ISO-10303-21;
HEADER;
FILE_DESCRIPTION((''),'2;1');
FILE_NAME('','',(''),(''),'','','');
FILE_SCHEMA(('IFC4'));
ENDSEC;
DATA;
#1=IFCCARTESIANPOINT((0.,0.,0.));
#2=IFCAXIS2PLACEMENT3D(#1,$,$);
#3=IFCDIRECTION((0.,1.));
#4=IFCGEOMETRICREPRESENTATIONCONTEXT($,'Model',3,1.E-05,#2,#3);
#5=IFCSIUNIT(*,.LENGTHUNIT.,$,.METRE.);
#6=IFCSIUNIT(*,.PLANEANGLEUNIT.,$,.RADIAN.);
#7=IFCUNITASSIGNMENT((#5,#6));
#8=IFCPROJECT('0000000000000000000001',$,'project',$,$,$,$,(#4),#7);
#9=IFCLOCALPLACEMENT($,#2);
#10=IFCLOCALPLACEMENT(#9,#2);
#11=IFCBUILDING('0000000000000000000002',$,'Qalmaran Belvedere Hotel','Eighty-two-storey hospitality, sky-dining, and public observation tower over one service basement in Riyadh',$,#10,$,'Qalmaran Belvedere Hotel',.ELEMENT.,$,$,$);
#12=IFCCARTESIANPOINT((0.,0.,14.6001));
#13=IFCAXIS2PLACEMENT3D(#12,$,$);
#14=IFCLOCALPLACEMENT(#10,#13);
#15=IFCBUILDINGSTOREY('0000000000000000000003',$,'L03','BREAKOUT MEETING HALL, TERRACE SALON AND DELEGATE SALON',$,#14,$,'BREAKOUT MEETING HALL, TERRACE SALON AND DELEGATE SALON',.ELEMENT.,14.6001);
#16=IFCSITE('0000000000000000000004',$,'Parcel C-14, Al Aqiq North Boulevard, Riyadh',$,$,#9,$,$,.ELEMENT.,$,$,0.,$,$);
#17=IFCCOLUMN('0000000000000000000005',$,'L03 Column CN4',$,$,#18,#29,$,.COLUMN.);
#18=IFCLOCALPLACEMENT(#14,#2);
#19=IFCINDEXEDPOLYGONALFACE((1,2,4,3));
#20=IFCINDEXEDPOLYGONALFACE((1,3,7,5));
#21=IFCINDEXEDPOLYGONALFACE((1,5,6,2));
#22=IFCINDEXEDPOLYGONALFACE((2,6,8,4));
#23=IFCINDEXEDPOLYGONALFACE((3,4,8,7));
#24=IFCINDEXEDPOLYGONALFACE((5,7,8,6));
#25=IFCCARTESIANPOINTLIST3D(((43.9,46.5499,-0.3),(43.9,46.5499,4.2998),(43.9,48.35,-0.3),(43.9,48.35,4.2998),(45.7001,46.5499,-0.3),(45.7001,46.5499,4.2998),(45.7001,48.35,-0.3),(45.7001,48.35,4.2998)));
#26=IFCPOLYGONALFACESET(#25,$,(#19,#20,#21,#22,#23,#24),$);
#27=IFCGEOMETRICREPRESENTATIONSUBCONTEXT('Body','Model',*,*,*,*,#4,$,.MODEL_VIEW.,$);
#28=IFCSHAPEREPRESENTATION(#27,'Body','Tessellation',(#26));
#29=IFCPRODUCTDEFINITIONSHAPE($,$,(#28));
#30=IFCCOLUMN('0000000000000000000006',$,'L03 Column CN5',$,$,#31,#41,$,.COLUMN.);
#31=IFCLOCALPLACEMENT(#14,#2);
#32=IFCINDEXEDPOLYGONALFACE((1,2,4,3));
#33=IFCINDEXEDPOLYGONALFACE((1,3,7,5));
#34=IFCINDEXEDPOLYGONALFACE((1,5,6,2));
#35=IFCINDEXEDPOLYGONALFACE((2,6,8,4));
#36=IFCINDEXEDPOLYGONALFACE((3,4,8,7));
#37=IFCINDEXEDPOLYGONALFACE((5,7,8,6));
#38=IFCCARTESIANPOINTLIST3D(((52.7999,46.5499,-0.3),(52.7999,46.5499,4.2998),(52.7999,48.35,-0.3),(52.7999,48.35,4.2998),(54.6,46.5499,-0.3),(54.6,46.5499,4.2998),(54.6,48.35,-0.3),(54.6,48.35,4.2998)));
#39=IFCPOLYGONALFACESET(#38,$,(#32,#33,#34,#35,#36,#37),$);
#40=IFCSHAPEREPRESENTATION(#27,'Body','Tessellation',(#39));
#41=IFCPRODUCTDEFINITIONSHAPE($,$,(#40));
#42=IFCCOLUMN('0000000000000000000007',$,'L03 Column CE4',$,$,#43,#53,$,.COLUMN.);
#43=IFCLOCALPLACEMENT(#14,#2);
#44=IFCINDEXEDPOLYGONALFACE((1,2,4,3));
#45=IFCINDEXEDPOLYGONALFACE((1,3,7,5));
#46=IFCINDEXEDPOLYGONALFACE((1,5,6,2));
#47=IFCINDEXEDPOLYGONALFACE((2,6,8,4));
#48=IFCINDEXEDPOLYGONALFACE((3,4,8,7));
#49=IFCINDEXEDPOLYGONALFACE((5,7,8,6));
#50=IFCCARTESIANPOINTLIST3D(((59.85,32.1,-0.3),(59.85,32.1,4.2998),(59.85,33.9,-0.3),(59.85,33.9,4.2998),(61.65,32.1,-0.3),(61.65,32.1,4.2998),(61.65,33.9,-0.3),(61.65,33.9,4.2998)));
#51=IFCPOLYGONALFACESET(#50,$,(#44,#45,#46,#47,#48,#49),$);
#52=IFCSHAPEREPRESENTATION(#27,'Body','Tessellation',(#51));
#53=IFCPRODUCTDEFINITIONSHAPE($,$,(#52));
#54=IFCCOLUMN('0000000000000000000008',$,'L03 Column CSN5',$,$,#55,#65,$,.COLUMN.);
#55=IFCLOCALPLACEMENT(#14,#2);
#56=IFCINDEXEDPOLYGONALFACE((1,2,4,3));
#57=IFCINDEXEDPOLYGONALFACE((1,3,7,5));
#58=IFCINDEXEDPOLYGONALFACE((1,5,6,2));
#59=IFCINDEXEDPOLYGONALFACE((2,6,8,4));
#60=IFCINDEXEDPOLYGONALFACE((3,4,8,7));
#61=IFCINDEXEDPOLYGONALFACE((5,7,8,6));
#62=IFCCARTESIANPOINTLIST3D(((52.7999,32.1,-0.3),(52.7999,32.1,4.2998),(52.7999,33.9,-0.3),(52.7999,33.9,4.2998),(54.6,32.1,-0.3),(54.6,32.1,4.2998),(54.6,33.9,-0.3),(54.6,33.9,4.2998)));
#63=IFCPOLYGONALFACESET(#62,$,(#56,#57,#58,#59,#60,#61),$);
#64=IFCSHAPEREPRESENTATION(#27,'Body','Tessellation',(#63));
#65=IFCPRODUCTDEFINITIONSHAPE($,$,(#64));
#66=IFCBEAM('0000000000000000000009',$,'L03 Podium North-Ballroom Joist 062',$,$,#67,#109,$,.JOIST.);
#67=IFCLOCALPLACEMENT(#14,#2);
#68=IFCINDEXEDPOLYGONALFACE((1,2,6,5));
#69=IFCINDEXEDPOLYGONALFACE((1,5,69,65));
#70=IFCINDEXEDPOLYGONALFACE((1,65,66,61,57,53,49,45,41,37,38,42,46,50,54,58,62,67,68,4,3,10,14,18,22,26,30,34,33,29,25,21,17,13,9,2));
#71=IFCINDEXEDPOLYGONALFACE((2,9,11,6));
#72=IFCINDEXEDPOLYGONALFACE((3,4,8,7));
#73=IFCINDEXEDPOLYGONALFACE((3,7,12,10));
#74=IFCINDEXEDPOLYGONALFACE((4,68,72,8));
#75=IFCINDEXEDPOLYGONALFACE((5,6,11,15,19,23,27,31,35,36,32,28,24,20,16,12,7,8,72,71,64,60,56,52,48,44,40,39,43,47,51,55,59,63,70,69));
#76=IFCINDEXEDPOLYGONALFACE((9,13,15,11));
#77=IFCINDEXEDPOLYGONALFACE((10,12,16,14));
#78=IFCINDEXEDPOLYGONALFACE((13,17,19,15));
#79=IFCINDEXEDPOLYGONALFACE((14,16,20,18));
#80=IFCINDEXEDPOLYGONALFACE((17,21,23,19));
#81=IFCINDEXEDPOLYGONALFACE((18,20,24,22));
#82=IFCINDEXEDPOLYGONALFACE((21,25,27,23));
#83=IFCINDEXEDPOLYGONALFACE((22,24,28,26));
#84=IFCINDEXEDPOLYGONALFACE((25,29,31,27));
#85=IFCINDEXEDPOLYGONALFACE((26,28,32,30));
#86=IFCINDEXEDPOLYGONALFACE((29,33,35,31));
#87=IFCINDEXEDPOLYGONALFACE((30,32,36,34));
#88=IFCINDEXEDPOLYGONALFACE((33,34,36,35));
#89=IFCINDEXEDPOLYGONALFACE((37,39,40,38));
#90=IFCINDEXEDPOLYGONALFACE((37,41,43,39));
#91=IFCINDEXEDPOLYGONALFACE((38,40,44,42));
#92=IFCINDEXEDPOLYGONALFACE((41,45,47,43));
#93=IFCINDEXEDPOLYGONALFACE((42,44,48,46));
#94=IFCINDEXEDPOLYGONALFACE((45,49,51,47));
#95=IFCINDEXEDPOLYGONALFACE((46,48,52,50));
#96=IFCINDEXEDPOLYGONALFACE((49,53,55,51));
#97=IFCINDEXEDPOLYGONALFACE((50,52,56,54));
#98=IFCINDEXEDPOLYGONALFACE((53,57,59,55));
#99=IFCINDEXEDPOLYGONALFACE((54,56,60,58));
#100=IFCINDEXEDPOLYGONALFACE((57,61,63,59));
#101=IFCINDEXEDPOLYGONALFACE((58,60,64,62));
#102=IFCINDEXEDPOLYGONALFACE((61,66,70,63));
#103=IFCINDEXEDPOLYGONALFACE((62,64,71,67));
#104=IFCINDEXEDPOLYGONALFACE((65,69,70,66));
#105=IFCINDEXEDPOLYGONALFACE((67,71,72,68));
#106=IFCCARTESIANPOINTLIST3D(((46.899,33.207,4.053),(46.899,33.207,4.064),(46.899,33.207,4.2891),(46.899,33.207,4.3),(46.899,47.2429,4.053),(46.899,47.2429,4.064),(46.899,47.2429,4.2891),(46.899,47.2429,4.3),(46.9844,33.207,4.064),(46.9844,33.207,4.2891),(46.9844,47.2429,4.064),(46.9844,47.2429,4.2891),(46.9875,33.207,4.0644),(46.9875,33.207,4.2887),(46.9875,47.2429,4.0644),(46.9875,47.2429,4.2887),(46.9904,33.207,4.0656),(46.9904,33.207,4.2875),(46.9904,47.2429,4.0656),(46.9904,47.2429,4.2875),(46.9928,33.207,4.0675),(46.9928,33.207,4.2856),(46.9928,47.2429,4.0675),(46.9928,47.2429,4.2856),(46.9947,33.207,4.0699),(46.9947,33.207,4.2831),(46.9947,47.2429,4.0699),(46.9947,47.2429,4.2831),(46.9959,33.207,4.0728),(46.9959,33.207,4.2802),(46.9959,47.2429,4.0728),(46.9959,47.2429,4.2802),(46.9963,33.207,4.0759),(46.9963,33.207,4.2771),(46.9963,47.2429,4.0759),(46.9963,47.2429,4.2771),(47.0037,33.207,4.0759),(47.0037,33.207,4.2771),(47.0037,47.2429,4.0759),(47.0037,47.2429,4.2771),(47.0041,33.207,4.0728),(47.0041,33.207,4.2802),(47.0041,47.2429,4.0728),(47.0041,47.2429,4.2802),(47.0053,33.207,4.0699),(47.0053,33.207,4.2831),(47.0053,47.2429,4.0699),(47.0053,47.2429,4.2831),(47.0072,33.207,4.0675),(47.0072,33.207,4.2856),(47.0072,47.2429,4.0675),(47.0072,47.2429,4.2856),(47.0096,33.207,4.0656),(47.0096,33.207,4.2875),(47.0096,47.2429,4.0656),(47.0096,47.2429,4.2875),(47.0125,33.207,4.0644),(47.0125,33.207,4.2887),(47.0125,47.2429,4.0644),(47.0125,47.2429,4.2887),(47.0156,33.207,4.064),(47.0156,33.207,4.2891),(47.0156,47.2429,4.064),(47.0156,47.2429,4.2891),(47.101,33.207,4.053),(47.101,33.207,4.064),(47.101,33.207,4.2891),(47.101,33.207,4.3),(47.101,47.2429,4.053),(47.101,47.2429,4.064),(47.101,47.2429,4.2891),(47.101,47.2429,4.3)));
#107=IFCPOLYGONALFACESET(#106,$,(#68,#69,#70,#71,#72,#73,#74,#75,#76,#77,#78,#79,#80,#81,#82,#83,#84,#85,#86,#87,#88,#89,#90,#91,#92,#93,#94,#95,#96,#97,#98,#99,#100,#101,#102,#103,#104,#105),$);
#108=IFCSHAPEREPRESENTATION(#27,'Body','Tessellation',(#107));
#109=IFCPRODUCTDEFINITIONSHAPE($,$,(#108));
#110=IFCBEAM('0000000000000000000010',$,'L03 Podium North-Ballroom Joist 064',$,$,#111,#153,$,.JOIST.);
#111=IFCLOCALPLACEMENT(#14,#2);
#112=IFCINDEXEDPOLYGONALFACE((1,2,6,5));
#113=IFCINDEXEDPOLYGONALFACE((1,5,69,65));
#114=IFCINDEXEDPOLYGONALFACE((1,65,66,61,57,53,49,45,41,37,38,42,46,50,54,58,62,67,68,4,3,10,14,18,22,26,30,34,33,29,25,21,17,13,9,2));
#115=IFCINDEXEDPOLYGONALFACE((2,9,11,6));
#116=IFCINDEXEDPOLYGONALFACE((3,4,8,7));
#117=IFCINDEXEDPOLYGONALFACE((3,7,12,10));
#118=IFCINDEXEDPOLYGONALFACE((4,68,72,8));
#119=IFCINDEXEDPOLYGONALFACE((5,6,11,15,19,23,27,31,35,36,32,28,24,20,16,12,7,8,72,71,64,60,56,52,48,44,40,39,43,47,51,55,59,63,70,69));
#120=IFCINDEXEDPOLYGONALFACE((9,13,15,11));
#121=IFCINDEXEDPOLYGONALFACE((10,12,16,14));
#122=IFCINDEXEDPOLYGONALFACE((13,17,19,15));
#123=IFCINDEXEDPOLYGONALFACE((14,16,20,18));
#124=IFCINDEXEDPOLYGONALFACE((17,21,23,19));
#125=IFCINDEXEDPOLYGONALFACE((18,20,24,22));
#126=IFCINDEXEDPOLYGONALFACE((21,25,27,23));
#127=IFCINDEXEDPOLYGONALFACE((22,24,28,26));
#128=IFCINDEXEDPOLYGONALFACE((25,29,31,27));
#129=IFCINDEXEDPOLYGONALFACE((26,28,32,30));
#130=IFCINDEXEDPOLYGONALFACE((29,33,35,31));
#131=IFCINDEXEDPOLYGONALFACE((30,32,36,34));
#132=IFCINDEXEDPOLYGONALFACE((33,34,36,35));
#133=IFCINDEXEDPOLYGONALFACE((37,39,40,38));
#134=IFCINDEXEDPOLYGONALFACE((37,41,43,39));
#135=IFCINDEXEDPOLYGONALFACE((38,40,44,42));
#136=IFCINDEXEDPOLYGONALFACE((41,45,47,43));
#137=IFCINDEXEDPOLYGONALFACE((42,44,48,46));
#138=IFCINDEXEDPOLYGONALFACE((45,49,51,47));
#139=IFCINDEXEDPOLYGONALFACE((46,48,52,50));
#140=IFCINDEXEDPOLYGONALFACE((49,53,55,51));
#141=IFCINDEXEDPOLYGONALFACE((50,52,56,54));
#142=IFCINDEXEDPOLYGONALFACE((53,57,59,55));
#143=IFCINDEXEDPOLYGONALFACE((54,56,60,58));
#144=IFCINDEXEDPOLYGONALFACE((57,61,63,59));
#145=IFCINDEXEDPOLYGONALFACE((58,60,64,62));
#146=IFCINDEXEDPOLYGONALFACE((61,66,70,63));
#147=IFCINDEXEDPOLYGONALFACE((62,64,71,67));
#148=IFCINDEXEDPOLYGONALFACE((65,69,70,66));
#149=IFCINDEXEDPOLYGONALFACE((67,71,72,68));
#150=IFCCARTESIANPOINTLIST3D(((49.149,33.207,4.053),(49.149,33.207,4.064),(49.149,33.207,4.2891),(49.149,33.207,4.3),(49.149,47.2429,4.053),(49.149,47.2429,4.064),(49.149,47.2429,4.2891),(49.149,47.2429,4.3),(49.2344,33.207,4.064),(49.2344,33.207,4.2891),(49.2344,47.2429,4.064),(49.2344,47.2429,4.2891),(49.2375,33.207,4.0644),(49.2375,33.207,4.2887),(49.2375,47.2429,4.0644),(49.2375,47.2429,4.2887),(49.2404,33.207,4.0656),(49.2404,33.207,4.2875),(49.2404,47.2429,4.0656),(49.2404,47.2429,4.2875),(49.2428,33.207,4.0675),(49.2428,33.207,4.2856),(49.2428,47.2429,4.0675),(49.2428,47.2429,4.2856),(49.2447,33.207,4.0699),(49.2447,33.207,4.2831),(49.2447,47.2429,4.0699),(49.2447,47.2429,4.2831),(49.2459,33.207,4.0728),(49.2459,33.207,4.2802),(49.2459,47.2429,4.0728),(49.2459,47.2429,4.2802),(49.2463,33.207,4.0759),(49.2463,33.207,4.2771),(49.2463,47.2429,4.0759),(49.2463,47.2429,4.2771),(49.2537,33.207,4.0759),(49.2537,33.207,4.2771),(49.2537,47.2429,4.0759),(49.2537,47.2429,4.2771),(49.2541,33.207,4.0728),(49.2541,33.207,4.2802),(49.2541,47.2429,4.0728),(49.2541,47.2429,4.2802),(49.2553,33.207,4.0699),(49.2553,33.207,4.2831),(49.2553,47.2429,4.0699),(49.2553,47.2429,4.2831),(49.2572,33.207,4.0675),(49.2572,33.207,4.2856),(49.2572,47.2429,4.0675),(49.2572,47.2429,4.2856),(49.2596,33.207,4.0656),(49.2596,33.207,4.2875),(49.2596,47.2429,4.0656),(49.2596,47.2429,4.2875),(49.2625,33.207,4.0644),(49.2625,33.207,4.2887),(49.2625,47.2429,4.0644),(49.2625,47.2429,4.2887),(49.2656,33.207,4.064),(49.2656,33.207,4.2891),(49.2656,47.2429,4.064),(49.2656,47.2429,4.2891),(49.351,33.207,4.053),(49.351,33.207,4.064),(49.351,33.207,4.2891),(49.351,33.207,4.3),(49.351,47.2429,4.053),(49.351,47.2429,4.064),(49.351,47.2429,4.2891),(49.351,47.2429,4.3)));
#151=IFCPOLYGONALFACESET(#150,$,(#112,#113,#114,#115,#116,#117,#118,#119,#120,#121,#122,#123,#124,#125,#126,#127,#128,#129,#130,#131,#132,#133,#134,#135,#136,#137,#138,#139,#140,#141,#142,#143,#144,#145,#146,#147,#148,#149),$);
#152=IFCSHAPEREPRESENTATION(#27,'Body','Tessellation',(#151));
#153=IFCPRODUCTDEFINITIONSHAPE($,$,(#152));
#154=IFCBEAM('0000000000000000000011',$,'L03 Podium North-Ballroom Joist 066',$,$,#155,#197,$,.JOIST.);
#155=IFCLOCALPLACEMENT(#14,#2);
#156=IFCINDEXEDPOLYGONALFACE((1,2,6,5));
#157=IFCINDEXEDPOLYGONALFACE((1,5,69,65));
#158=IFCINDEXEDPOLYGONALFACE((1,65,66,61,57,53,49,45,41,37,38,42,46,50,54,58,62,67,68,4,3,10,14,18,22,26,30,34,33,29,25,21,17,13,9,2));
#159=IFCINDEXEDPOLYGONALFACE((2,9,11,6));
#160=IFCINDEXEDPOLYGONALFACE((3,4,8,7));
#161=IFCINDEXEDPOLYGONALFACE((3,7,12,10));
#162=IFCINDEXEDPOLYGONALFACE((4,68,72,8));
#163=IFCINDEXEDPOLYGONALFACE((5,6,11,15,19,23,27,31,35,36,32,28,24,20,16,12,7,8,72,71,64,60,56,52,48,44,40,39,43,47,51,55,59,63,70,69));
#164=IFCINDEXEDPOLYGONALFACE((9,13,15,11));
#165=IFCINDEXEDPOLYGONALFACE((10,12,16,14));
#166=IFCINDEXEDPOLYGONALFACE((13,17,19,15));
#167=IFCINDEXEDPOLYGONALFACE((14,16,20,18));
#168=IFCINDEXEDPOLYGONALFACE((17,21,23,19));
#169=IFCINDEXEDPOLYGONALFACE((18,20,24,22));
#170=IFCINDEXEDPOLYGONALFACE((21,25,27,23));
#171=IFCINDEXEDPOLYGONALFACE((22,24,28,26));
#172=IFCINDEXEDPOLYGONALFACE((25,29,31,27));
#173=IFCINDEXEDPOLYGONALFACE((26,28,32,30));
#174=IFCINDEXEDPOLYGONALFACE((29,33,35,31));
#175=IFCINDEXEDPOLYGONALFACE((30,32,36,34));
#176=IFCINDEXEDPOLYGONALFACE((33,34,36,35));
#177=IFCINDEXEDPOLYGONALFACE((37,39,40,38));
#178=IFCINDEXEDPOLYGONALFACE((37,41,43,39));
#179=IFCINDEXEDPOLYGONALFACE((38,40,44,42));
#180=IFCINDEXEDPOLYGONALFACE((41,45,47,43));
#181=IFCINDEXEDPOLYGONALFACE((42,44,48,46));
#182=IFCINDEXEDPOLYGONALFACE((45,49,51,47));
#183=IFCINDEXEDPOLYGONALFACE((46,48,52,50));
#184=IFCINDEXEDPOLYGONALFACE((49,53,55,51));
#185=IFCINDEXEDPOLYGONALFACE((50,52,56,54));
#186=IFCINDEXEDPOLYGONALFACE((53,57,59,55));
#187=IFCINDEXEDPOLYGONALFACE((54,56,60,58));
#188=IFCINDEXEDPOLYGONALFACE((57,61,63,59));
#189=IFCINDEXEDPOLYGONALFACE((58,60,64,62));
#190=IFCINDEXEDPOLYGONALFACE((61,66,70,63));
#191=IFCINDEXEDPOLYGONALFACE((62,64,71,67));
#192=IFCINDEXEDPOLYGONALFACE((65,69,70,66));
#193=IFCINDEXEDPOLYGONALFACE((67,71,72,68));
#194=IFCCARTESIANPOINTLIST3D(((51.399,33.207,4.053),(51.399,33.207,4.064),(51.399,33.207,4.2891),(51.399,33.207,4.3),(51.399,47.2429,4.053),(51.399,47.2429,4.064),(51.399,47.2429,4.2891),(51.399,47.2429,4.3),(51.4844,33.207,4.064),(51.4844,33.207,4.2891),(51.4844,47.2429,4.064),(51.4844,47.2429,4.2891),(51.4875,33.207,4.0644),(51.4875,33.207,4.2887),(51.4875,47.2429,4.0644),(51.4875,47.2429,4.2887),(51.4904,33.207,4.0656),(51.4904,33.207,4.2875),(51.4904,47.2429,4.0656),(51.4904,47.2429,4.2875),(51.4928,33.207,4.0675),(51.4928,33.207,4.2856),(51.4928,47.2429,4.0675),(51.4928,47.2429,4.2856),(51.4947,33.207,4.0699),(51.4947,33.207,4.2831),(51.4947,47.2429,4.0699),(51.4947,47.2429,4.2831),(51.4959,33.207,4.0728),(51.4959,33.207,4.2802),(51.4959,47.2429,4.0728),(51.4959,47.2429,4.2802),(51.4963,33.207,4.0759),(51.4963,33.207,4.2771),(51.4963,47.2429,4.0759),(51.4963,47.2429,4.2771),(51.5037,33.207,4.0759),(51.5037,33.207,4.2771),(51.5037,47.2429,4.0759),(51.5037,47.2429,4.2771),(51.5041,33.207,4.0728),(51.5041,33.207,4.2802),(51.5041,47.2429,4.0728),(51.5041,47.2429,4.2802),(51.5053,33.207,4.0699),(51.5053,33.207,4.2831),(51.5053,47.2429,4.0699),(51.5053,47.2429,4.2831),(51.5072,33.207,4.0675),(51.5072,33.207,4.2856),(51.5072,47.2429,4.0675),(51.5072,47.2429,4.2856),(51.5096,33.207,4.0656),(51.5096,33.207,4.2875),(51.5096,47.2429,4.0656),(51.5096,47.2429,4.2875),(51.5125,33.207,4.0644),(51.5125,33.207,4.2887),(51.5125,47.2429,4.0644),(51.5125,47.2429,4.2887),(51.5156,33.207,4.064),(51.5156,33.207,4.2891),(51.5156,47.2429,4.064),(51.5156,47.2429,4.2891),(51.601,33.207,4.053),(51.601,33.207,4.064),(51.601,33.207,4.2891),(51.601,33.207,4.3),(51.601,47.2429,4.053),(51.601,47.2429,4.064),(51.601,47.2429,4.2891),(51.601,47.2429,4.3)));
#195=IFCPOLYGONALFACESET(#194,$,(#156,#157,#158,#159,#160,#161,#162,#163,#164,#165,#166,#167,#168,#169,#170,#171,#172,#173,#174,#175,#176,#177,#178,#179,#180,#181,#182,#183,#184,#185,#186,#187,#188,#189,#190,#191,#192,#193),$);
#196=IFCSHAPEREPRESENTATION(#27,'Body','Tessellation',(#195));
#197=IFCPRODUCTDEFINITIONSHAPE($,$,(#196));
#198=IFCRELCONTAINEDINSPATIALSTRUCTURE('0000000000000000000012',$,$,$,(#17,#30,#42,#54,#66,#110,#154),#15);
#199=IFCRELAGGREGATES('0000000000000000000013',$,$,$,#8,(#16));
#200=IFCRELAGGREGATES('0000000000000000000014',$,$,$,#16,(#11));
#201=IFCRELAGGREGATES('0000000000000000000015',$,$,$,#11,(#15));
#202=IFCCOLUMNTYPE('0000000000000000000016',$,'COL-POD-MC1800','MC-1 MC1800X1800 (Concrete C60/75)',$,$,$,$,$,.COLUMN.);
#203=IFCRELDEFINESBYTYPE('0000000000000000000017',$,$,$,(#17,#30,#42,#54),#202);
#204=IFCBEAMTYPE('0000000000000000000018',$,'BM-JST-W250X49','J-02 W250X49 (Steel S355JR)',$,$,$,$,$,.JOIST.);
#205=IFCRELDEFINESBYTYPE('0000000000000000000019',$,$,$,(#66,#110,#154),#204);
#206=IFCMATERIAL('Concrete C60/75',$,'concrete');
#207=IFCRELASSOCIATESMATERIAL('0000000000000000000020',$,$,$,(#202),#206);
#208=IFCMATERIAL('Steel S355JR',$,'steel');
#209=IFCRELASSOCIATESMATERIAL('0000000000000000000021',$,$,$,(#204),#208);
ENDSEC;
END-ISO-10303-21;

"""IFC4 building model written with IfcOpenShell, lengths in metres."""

from ifc_helpers import new_model, si_unit, direction, frame, origin, origin_2d, place, context, subcontext, project, spatial, rectangle, i_section, extrude, material, material_profile, profile_set, type_object, element, save


model = new_model("IFC4")

# Units and contexts
model_context = context("Model", 3, precision=1e-05, world=origin(), true_north=direction((0.0, 1.0)))
body_context = subcontext(model_context, "Body", "Model", "MODEL_VIEW")
ifc_project = project(units=[si_unit("LENGTHUNIT", "METRE"), si_unit("PLANEANGLEUNIT", "RADIAN")], contexts=[model_context])

# Site, building, storey
site_placement = place(None, origin())
site = spatial("IfcSite", under=ifc_project, at=site_placement, Name="Parcel C-14, Al Aqiq North Boulevard, Riyadh", CompositionType="ELEMENT", RefElevation=0.0)
building_placement = place(site_placement, origin())
building = spatial("IfcBuilding", under=site, at=building_placement, Name="Qalmaran Belvedere Hotel", Description="Eighty-two-storey hospitality, sky-dining, and public observation tower over one service basement in Riyadh", LongName="Qalmaran Belvedere Hotel", CompositionType="ELEMENT")
storey_placement = place(building_placement, frame((0.0, 0.0, 14.6001)))
storey = spatial("IfcBuildingStorey", under=building, at=storey_placement, Name="L03", Description="BREAKOUT MEETING HALL, TERRACE SALON AND DELEGATE SALON", LongName="BREAKOUT MEETING HALL, TERRACE SALON AND DELEGATE SALON", CompositionType="ELEMENT", Elevation=14.6001)

# Columns
ifc_material_1 = material(Name="Concrete C60/75", Category="concrete")
ifc_material_profile_1 = material_profile(ifc_material_1, rectangle(XDim=1.8, YDim=1.8, at=origin_2d()), Name="MC1800X1800")
ifc_profile_set_1 = profile_set([ifc_material_profile_1], Name="Concrete C60/75")
column_type = type_object("IfcColumnType", Name="COL-POD-MC1800", Description="MC-1 MC1800X1800 (Concrete C60/75)", PredefinedType="COLUMN", material=ifc_profile_set_1)
for number, where, z_axis, x_axis, name in (
    (1, (44.8, 47.45, -0.3), (0.0, 0.0, 1.0), (1.0, 0.0, 0.0), "L03 Column CN4"),
    (2, (53.7, 47.45, -0.3), (0.0, 0.0, 1.0), (1.0, 0.0, 0.0), "L03 Column CN5"),
    (3, (60.75, 33.0, -0.3), (0.0, 0.0, 1.0), (1.0, 0.0, 0.0), "L03 Column CE4"),
    (4, (53.7, 33.0, -0.3), (0.0, 0.0, 1.0), (1.0, 0.0, 0.0), "L03 Column CSN5"),
):
    element("IfcColumn", number, at=place(storey_placement, frame(where, z_axis=z_axis, x_axis=x_axis)), inside=storey, type_object=column_type, Name=name, PredefinedType="COLUMN", context=body_context, shape_type="SweptSolid", body=[
        extrude(rectangle(XDim=1.8, YDim=1.8, at=origin_2d()), origin(), (0.0, 0.0, 1.0), 4.5999),
    ])

# Beams
ifc_material_2 = material(Name="Steel S355JR", Category="steel")
ifc_material_profile_2 = material_profile(ifc_material_2, i_section(OverallWidth=0.2019, OverallDepth=0.2471, WebThickness=0.0073, FlangeThickness=0.011, FilletRadius=0.012, at=origin_2d()), Name="W250X49")
ifc_profile_set_2 = profile_set([ifc_material_profile_2], Name="Steel S355JR")
beam_type_1 = type_object("IfcBeamType", Name="BM-JST-W250X49", Description="J-02 W250X49 (Steel S355JR)", PredefinedType="JOIST", material=ifc_profile_set_2)
for number, where, z_axis, x_axis, name in (
    (5, (47.0, 33.207, 4.1765), (0.0, 1.0, 0.0), (-1.0, 0.0, 0.0), "L03 Podium North-Ballroom Joist 062"),
    (6, (49.25, 33.207, 4.1765), (0.0, 1.0, 0.0), (-1.0, 0.0, 0.0), "L03 Podium North-Ballroom Joist 064"),
    (7, (51.5, 33.207, 4.1765), (0.0, 1.0, 0.0), (-1.0, 0.0, 0.0), "L03 Podium North-Ballroom Joist 066"),
):
    element("IfcBeam", number, at=place(storey_placement, frame(where, z_axis=z_axis, x_axis=x_axis)), inside=storey, type_object=beam_type_1, Name=name, PredefinedType="JOIST", context=body_context, shape_type="SweptSolid", body=[
        extrude(i_section(OverallWidth=0.2019, OverallDepth=0.2471, WebThickness=0.0073, FlangeThickness=0.011, FilletRadius=0.012, at=origin_2d()), origin(), (0.0, 0.0, 1.0), 14.0359),
    ])

save(model, "model.ifc")
